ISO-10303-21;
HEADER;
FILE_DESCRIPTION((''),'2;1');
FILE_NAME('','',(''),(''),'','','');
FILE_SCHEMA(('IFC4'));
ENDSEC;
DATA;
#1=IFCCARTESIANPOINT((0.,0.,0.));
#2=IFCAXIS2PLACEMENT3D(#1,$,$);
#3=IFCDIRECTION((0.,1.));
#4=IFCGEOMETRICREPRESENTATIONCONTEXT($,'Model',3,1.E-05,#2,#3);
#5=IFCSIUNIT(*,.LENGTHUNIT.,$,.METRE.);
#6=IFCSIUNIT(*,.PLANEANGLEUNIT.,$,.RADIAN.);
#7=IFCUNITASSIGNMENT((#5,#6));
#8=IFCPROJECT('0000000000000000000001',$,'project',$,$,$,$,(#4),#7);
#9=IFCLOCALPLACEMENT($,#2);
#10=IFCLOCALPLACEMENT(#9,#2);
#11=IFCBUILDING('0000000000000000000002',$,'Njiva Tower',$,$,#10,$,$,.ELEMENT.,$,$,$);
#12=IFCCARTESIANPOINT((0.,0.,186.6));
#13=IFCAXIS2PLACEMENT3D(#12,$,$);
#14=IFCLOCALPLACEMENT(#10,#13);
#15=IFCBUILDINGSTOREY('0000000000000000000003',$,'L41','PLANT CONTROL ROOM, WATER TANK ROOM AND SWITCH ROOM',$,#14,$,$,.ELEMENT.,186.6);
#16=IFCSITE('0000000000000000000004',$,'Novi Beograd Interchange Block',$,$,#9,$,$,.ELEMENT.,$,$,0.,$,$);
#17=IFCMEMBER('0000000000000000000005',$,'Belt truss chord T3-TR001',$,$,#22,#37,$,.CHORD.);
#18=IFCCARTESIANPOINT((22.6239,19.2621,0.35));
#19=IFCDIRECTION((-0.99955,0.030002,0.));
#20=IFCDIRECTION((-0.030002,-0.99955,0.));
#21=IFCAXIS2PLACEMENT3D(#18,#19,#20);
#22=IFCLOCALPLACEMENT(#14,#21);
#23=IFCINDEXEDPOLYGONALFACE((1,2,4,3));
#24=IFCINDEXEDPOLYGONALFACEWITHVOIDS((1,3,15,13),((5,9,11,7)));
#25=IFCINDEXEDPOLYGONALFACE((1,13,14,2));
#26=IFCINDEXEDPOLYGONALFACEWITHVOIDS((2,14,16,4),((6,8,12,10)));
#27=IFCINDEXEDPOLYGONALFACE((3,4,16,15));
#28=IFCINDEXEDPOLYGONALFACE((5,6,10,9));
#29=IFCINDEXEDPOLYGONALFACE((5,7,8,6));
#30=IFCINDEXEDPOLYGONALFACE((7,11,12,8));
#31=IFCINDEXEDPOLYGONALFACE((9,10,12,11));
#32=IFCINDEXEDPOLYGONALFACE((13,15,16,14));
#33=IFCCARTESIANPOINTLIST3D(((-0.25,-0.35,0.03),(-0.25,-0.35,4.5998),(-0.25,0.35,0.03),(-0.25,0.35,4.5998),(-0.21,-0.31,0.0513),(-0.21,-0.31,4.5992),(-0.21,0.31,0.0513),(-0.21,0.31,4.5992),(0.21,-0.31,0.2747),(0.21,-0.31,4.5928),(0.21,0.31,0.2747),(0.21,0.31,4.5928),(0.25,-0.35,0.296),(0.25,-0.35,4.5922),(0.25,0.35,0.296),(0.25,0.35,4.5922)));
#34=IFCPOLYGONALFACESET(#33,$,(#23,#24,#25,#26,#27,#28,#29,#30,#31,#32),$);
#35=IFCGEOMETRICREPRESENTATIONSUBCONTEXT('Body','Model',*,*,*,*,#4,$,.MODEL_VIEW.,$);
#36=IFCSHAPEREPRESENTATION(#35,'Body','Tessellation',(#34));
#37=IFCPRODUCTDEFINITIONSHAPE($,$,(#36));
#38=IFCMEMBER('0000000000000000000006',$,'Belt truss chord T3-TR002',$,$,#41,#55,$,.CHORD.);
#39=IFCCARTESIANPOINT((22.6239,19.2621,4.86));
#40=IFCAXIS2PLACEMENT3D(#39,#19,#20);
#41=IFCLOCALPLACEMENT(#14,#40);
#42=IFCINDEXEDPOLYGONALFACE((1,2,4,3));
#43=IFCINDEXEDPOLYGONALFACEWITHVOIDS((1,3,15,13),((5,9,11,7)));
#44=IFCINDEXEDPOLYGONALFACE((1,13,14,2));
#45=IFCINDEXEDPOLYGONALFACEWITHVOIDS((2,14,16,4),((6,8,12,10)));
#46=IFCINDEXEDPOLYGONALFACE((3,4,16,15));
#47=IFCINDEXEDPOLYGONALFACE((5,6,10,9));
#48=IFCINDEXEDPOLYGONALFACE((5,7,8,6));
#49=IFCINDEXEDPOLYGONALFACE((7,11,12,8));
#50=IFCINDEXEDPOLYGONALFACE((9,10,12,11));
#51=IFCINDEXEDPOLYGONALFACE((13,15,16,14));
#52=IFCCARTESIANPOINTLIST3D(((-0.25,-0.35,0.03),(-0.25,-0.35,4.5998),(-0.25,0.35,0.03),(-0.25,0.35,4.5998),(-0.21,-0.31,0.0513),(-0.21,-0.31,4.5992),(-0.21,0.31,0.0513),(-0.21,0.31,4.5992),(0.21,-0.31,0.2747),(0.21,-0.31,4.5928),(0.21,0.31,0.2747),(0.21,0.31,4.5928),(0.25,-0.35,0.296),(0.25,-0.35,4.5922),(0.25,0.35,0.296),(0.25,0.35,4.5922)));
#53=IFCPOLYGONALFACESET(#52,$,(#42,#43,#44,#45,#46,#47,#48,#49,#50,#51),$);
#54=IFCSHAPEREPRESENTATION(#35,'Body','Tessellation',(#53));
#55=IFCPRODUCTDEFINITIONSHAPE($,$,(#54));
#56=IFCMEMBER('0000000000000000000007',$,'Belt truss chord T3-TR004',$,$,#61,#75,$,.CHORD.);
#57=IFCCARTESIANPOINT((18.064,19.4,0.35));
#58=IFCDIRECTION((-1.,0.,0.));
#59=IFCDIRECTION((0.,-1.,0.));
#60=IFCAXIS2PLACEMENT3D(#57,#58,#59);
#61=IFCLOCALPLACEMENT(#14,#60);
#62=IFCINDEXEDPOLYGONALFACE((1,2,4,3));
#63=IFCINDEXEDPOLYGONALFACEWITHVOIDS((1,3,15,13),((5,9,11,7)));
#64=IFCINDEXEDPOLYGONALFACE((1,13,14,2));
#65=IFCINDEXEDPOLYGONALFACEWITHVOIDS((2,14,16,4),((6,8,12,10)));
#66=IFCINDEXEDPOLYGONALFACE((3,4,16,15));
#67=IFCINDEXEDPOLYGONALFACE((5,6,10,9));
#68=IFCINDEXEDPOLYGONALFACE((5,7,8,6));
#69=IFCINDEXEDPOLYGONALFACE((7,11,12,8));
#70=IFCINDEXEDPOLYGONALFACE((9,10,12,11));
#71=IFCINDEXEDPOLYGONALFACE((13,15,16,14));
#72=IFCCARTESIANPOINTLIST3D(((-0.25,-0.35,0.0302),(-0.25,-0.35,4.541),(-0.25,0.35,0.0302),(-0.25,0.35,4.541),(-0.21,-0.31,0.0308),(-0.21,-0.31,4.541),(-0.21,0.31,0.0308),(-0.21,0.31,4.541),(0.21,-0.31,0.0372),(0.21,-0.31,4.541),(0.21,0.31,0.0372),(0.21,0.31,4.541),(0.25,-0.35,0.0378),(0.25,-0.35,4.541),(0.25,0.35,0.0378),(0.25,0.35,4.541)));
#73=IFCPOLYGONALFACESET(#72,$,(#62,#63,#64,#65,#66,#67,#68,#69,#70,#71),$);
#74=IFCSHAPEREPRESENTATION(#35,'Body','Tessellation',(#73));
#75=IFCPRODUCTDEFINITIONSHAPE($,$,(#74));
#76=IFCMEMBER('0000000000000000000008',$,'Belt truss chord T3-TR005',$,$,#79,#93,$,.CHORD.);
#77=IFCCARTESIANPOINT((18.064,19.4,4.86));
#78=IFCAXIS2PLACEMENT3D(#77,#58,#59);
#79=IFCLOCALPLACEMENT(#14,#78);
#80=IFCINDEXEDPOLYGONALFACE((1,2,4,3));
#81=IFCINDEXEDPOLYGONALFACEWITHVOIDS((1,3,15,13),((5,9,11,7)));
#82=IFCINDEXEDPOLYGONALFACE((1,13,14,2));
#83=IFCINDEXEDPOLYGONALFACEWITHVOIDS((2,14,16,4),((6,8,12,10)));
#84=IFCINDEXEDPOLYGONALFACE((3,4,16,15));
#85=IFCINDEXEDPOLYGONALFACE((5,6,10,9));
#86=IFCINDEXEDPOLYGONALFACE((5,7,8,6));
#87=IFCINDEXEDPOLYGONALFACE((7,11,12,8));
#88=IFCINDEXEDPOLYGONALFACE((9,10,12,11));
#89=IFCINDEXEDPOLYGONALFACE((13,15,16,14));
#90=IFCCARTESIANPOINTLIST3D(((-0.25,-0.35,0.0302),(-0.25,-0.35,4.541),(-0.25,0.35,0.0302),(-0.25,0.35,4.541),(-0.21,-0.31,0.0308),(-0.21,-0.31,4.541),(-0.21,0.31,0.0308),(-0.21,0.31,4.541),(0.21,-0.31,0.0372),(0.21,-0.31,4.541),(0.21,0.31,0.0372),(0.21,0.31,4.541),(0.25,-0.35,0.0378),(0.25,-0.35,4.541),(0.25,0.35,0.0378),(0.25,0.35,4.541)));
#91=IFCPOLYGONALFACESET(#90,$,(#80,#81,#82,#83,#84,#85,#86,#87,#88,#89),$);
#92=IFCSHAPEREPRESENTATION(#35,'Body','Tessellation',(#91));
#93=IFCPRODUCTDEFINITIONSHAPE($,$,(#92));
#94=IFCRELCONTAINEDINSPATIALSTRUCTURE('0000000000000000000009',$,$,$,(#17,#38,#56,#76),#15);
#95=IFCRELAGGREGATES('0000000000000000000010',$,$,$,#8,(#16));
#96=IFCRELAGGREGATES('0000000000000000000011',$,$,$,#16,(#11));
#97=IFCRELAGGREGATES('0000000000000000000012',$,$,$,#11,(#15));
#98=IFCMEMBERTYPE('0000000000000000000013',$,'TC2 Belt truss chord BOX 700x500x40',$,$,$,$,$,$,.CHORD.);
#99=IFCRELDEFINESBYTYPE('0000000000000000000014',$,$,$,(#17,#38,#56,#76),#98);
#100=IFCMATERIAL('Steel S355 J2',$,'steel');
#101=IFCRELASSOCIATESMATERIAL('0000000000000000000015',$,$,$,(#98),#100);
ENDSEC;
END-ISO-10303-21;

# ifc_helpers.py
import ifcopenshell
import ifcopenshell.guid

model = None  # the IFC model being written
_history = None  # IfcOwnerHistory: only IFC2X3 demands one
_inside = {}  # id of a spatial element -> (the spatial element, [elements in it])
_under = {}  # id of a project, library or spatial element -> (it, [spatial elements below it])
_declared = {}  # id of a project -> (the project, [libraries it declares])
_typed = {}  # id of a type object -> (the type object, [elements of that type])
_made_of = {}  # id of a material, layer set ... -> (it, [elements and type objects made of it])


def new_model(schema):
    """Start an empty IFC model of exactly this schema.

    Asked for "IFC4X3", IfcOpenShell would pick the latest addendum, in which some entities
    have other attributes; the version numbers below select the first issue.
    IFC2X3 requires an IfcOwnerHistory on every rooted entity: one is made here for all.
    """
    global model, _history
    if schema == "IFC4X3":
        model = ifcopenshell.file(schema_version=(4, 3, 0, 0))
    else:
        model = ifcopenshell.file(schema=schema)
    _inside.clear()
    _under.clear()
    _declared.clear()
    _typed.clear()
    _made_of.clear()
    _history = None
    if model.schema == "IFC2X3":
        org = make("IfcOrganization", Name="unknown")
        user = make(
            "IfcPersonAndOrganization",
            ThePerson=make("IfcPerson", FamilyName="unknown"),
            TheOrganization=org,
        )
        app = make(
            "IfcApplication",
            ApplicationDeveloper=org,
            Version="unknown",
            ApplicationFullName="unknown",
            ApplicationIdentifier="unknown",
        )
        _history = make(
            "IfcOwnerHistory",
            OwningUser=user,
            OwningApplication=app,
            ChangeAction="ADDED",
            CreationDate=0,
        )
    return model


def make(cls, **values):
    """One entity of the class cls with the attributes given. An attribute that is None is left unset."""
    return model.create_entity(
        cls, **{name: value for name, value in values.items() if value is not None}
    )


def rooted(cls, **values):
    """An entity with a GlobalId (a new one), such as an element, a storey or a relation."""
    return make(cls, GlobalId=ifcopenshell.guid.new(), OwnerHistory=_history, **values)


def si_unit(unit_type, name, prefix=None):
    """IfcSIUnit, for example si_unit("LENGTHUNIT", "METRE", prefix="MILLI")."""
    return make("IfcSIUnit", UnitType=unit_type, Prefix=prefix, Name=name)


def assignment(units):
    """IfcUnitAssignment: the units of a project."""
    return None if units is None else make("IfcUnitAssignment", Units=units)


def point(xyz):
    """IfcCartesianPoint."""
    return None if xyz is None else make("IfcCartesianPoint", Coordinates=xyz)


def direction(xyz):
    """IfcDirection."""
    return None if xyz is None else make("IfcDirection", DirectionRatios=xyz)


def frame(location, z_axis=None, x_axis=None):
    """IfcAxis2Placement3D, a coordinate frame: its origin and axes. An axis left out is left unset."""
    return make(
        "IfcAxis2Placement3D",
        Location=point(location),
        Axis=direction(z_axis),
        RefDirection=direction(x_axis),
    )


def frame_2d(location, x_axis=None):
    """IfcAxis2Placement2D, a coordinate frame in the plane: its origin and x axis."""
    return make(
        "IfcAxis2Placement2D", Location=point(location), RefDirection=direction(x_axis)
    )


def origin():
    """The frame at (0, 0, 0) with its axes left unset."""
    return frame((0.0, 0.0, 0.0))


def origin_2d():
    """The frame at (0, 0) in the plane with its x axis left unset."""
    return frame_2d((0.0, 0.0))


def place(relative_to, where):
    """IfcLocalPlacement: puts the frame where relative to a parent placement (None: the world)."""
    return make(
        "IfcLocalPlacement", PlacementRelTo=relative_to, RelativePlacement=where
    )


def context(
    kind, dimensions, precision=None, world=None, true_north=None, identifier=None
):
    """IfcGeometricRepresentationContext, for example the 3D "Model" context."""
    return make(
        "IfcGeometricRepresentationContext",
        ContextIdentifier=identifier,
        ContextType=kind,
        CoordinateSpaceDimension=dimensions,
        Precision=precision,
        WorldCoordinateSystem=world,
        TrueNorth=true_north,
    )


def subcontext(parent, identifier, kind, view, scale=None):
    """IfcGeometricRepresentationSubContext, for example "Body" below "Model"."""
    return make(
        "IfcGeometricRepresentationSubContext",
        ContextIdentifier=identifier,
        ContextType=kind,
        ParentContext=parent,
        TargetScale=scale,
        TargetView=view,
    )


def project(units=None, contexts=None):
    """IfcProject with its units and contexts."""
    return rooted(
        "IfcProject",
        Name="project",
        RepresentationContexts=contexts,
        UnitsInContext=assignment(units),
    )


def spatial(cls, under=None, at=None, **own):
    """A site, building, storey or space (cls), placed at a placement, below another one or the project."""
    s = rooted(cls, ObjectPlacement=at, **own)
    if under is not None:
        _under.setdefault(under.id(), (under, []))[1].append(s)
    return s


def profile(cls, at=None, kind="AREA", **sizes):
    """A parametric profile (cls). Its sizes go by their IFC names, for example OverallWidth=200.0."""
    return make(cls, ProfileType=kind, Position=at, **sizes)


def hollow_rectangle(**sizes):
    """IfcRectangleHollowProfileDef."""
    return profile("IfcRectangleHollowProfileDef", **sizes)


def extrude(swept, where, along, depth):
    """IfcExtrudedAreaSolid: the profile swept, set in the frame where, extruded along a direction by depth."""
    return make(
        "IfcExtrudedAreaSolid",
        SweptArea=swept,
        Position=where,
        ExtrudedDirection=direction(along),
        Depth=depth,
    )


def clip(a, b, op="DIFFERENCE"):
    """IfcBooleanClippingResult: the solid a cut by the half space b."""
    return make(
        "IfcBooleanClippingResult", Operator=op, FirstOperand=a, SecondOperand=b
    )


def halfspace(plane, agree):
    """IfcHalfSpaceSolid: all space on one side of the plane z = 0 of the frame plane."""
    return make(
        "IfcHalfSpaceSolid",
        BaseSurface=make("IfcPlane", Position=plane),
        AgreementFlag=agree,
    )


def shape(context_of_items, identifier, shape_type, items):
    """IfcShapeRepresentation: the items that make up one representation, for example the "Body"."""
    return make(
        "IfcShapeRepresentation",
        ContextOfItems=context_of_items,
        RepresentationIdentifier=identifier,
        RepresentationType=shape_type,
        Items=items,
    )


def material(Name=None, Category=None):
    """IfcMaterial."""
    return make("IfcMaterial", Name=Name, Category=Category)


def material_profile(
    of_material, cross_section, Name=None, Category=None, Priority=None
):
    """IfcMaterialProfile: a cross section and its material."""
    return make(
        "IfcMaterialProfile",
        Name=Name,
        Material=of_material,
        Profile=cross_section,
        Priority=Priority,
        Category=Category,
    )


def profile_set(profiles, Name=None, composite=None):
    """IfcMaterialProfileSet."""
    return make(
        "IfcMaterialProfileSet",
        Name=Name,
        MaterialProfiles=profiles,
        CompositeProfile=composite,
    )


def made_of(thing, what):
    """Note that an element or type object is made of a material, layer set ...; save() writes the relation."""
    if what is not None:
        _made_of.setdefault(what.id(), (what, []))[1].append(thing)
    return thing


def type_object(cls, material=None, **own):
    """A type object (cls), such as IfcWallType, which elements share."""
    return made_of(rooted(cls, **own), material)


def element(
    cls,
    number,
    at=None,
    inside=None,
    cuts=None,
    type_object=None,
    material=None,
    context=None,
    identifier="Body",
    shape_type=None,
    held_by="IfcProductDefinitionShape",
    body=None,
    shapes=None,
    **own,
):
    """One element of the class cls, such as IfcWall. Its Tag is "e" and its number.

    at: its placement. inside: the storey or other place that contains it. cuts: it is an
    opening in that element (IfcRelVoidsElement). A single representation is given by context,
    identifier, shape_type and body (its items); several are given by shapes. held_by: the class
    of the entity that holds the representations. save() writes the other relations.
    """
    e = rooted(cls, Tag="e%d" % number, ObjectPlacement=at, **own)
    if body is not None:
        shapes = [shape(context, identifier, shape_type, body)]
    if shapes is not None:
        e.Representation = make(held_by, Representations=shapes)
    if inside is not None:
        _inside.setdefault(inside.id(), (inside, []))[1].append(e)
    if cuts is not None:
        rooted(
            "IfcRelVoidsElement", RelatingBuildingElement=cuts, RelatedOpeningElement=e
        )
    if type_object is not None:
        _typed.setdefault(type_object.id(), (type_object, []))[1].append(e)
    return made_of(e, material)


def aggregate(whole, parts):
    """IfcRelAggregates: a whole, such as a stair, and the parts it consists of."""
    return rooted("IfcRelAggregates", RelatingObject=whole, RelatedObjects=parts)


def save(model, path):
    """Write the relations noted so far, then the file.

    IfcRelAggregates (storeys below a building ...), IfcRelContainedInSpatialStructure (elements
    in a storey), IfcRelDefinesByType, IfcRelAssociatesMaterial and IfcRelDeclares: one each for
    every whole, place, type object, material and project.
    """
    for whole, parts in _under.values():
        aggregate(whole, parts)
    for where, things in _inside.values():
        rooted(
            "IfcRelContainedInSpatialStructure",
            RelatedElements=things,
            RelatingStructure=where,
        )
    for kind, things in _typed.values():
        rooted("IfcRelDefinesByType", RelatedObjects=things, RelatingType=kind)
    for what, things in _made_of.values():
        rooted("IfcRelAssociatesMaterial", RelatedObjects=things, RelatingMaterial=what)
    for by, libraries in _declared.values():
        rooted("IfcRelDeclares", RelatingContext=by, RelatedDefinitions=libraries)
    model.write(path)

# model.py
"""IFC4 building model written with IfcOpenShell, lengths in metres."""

from ifc_helpers import new_model, si_unit, direction, frame, origin, origin_2d, place, context, subcontext, project, spatial, hollow_rectangle, extrude, clip, halfspace, material, material_profile, profile_set, type_object, element, save


model = new_model("IFC4")

# Units and contexts
model_context = context("Model", 3, precision=1e-05, world=origin(), true_north=direction((0.0, 1.0)))
body_context = subcontext(model_context, "Body", "Model", "MODEL_VIEW")
ifc_project = project(units=[si_unit("LENGTHUNIT", "METRE"), si_unit("PLANEANGLEUNIT", "RADIAN")], contexts=[model_context])

# Site, building, storey
site_placement = place(None, origin())
site = spatial("IfcSite", under=ifc_project, at=site_placement, Name="Novi Beograd Interchange Block", CompositionType="ELEMENT", RefElevation=0.0)
building_placement = place(site_placement, origin())
building = spatial("IfcBuilding", under=site, at=building_placement, Name="Njiva Tower", CompositionType="ELEMENT")
storey_placement = place(building_placement, frame((0.0, 0.0, 186.6)))
storey = spatial("IfcBuildingStorey", under=building, at=storey_placement, Name="L41", Description="PLANT CONTROL ROOM, WATER TANK ROOM AND SWITCH ROOM", CompositionType="ELEMENT", Elevation=186.6)

# Shared definitions
ifc_material_1 = material(Name="Steel S355 J2", Category="steel")

# Members
ifc_material_profile_1 = material_profile(ifc_material_1, hollow_rectangle(XDim=0.5, YDim=0.7, WallThickness=0.04, at=origin_2d()), Name="BOX 700x500x40")
ifc_profile_set_1 = profile_set([ifc_material_profile_1], Name="Steel S355 J2")
member_type_1 = type_object("IfcMemberType", Name="TC2 Belt truss chord BOX 700x500x40", PredefinedType="CHORD", material=ifc_profile_set_1)
member_1_placement = place(storey_placement, frame((22.6239, 19.2621, 0.35), z_axis=(-0.99955, 0.030002, 0.0), x_axis=(-0.030002, -0.99955, 0.0)))
element("IfcMember", 1, at=member_1_placement, inside=storey, type_object=member_type_1, Name="Belt truss chord T3-TR001", PredefinedType="CHORD", context=body_context, shape_type="Clipping", body=[
    clip(clip(extrude(hollow_rectangle(XDim=0.5, YDim=0.7, WallThickness=0.04, at=origin_2d()), origin(), (0.0, 0.0, 1.0), 4.63), halfspace(frame((0.0, -186.95, 0.163), z_axis=(0.469694, 0.0, -0.882829), x_axis=(0.0, -1.0, 0.0)), False)), halfspace(frame((0.0, -186.95, 4.596), z_axis=(0.015006, 0.0, 0.999887), x_axis=(0.0, 1.0, 0.0)), False)),
])
member_2_placement = place(storey_placement, frame((22.6239, 19.2621, 4.86), z_axis=(-0.99955, 0.030002, 0.0), x_axis=(-0.030002, -0.99955, 0.0)))
element("IfcMember", 2, at=member_2_placement, inside=storey, type_object=member_type_1, Name="Belt truss chord T3-TR002", PredefinedType="CHORD", context=body_context, shape_type="Clipping", body=[
    clip(clip(extrude(hollow_rectangle(XDim=0.5, YDim=0.7, WallThickness=0.04, at=origin_2d()), origin(), (0.0, 0.0, 1.0), 4.63), halfspace(frame((0.0, -191.46, 0.163), z_axis=(0.469694, 0.0, -0.882829), x_axis=(0.0, -1.0, 0.0)), False)), halfspace(frame((0.0, -191.46, 4.596), z_axis=(0.015006, 0.0, 0.999887), x_axis=(0.0, 1.0, 0.0)), False)),
])
member_3_placement = place(storey_placement, frame((18.064, 19.4, 0.35), z_axis=(-1.0, 0.0, 0.0), x_axis=(0.0, -1.0, 0.0)))
element("IfcMember", 3, at=member_3_placement, inside=storey, type_object=member_type_1, Name="Belt truss chord T3-TR004", PredefinedType="CHORD", context=body_context, shape_type="Clipping", body=[
    clip(extrude(hollow_rectangle(XDim=0.5, YDim=0.7, WallThickness=0.04, at=origin_2d()), origin(), (0.0, 0.0, 1.0), 4.541), halfspace(frame((0.0, -186.95, 0.034), z_axis=(0.015, 0.0, -0.999887), x_axis=(0.0, -1.0, 0.0)), False)),
])
member_4_placement = place(storey_placement, frame((18.064, 19.4, 4.86), z_axis=(-1.0, 0.0, 0.0), x_axis=(0.0, -1.0, 0.0)))
element("IfcMember", 4, at=member_4_placement, inside=storey, type_object=member_type_1, Name="Belt truss chord T3-TR005", PredefinedType="CHORD", context=body_context, shape_type="Clipping", body=[
    clip(extrude(hollow_rectangle(XDim=0.5, YDim=0.7, WallThickness=0.04, at=origin_2d()), origin(), (0.0, 0.0, 1.0), 4.541), halfspace(frame((0.0, -191.46, 0.034), z_axis=(0.015, 0.0, -0.999887), x_axis=(0.0, -1.0, 0.0)), False)),
])

save(model, "model.ifc")
